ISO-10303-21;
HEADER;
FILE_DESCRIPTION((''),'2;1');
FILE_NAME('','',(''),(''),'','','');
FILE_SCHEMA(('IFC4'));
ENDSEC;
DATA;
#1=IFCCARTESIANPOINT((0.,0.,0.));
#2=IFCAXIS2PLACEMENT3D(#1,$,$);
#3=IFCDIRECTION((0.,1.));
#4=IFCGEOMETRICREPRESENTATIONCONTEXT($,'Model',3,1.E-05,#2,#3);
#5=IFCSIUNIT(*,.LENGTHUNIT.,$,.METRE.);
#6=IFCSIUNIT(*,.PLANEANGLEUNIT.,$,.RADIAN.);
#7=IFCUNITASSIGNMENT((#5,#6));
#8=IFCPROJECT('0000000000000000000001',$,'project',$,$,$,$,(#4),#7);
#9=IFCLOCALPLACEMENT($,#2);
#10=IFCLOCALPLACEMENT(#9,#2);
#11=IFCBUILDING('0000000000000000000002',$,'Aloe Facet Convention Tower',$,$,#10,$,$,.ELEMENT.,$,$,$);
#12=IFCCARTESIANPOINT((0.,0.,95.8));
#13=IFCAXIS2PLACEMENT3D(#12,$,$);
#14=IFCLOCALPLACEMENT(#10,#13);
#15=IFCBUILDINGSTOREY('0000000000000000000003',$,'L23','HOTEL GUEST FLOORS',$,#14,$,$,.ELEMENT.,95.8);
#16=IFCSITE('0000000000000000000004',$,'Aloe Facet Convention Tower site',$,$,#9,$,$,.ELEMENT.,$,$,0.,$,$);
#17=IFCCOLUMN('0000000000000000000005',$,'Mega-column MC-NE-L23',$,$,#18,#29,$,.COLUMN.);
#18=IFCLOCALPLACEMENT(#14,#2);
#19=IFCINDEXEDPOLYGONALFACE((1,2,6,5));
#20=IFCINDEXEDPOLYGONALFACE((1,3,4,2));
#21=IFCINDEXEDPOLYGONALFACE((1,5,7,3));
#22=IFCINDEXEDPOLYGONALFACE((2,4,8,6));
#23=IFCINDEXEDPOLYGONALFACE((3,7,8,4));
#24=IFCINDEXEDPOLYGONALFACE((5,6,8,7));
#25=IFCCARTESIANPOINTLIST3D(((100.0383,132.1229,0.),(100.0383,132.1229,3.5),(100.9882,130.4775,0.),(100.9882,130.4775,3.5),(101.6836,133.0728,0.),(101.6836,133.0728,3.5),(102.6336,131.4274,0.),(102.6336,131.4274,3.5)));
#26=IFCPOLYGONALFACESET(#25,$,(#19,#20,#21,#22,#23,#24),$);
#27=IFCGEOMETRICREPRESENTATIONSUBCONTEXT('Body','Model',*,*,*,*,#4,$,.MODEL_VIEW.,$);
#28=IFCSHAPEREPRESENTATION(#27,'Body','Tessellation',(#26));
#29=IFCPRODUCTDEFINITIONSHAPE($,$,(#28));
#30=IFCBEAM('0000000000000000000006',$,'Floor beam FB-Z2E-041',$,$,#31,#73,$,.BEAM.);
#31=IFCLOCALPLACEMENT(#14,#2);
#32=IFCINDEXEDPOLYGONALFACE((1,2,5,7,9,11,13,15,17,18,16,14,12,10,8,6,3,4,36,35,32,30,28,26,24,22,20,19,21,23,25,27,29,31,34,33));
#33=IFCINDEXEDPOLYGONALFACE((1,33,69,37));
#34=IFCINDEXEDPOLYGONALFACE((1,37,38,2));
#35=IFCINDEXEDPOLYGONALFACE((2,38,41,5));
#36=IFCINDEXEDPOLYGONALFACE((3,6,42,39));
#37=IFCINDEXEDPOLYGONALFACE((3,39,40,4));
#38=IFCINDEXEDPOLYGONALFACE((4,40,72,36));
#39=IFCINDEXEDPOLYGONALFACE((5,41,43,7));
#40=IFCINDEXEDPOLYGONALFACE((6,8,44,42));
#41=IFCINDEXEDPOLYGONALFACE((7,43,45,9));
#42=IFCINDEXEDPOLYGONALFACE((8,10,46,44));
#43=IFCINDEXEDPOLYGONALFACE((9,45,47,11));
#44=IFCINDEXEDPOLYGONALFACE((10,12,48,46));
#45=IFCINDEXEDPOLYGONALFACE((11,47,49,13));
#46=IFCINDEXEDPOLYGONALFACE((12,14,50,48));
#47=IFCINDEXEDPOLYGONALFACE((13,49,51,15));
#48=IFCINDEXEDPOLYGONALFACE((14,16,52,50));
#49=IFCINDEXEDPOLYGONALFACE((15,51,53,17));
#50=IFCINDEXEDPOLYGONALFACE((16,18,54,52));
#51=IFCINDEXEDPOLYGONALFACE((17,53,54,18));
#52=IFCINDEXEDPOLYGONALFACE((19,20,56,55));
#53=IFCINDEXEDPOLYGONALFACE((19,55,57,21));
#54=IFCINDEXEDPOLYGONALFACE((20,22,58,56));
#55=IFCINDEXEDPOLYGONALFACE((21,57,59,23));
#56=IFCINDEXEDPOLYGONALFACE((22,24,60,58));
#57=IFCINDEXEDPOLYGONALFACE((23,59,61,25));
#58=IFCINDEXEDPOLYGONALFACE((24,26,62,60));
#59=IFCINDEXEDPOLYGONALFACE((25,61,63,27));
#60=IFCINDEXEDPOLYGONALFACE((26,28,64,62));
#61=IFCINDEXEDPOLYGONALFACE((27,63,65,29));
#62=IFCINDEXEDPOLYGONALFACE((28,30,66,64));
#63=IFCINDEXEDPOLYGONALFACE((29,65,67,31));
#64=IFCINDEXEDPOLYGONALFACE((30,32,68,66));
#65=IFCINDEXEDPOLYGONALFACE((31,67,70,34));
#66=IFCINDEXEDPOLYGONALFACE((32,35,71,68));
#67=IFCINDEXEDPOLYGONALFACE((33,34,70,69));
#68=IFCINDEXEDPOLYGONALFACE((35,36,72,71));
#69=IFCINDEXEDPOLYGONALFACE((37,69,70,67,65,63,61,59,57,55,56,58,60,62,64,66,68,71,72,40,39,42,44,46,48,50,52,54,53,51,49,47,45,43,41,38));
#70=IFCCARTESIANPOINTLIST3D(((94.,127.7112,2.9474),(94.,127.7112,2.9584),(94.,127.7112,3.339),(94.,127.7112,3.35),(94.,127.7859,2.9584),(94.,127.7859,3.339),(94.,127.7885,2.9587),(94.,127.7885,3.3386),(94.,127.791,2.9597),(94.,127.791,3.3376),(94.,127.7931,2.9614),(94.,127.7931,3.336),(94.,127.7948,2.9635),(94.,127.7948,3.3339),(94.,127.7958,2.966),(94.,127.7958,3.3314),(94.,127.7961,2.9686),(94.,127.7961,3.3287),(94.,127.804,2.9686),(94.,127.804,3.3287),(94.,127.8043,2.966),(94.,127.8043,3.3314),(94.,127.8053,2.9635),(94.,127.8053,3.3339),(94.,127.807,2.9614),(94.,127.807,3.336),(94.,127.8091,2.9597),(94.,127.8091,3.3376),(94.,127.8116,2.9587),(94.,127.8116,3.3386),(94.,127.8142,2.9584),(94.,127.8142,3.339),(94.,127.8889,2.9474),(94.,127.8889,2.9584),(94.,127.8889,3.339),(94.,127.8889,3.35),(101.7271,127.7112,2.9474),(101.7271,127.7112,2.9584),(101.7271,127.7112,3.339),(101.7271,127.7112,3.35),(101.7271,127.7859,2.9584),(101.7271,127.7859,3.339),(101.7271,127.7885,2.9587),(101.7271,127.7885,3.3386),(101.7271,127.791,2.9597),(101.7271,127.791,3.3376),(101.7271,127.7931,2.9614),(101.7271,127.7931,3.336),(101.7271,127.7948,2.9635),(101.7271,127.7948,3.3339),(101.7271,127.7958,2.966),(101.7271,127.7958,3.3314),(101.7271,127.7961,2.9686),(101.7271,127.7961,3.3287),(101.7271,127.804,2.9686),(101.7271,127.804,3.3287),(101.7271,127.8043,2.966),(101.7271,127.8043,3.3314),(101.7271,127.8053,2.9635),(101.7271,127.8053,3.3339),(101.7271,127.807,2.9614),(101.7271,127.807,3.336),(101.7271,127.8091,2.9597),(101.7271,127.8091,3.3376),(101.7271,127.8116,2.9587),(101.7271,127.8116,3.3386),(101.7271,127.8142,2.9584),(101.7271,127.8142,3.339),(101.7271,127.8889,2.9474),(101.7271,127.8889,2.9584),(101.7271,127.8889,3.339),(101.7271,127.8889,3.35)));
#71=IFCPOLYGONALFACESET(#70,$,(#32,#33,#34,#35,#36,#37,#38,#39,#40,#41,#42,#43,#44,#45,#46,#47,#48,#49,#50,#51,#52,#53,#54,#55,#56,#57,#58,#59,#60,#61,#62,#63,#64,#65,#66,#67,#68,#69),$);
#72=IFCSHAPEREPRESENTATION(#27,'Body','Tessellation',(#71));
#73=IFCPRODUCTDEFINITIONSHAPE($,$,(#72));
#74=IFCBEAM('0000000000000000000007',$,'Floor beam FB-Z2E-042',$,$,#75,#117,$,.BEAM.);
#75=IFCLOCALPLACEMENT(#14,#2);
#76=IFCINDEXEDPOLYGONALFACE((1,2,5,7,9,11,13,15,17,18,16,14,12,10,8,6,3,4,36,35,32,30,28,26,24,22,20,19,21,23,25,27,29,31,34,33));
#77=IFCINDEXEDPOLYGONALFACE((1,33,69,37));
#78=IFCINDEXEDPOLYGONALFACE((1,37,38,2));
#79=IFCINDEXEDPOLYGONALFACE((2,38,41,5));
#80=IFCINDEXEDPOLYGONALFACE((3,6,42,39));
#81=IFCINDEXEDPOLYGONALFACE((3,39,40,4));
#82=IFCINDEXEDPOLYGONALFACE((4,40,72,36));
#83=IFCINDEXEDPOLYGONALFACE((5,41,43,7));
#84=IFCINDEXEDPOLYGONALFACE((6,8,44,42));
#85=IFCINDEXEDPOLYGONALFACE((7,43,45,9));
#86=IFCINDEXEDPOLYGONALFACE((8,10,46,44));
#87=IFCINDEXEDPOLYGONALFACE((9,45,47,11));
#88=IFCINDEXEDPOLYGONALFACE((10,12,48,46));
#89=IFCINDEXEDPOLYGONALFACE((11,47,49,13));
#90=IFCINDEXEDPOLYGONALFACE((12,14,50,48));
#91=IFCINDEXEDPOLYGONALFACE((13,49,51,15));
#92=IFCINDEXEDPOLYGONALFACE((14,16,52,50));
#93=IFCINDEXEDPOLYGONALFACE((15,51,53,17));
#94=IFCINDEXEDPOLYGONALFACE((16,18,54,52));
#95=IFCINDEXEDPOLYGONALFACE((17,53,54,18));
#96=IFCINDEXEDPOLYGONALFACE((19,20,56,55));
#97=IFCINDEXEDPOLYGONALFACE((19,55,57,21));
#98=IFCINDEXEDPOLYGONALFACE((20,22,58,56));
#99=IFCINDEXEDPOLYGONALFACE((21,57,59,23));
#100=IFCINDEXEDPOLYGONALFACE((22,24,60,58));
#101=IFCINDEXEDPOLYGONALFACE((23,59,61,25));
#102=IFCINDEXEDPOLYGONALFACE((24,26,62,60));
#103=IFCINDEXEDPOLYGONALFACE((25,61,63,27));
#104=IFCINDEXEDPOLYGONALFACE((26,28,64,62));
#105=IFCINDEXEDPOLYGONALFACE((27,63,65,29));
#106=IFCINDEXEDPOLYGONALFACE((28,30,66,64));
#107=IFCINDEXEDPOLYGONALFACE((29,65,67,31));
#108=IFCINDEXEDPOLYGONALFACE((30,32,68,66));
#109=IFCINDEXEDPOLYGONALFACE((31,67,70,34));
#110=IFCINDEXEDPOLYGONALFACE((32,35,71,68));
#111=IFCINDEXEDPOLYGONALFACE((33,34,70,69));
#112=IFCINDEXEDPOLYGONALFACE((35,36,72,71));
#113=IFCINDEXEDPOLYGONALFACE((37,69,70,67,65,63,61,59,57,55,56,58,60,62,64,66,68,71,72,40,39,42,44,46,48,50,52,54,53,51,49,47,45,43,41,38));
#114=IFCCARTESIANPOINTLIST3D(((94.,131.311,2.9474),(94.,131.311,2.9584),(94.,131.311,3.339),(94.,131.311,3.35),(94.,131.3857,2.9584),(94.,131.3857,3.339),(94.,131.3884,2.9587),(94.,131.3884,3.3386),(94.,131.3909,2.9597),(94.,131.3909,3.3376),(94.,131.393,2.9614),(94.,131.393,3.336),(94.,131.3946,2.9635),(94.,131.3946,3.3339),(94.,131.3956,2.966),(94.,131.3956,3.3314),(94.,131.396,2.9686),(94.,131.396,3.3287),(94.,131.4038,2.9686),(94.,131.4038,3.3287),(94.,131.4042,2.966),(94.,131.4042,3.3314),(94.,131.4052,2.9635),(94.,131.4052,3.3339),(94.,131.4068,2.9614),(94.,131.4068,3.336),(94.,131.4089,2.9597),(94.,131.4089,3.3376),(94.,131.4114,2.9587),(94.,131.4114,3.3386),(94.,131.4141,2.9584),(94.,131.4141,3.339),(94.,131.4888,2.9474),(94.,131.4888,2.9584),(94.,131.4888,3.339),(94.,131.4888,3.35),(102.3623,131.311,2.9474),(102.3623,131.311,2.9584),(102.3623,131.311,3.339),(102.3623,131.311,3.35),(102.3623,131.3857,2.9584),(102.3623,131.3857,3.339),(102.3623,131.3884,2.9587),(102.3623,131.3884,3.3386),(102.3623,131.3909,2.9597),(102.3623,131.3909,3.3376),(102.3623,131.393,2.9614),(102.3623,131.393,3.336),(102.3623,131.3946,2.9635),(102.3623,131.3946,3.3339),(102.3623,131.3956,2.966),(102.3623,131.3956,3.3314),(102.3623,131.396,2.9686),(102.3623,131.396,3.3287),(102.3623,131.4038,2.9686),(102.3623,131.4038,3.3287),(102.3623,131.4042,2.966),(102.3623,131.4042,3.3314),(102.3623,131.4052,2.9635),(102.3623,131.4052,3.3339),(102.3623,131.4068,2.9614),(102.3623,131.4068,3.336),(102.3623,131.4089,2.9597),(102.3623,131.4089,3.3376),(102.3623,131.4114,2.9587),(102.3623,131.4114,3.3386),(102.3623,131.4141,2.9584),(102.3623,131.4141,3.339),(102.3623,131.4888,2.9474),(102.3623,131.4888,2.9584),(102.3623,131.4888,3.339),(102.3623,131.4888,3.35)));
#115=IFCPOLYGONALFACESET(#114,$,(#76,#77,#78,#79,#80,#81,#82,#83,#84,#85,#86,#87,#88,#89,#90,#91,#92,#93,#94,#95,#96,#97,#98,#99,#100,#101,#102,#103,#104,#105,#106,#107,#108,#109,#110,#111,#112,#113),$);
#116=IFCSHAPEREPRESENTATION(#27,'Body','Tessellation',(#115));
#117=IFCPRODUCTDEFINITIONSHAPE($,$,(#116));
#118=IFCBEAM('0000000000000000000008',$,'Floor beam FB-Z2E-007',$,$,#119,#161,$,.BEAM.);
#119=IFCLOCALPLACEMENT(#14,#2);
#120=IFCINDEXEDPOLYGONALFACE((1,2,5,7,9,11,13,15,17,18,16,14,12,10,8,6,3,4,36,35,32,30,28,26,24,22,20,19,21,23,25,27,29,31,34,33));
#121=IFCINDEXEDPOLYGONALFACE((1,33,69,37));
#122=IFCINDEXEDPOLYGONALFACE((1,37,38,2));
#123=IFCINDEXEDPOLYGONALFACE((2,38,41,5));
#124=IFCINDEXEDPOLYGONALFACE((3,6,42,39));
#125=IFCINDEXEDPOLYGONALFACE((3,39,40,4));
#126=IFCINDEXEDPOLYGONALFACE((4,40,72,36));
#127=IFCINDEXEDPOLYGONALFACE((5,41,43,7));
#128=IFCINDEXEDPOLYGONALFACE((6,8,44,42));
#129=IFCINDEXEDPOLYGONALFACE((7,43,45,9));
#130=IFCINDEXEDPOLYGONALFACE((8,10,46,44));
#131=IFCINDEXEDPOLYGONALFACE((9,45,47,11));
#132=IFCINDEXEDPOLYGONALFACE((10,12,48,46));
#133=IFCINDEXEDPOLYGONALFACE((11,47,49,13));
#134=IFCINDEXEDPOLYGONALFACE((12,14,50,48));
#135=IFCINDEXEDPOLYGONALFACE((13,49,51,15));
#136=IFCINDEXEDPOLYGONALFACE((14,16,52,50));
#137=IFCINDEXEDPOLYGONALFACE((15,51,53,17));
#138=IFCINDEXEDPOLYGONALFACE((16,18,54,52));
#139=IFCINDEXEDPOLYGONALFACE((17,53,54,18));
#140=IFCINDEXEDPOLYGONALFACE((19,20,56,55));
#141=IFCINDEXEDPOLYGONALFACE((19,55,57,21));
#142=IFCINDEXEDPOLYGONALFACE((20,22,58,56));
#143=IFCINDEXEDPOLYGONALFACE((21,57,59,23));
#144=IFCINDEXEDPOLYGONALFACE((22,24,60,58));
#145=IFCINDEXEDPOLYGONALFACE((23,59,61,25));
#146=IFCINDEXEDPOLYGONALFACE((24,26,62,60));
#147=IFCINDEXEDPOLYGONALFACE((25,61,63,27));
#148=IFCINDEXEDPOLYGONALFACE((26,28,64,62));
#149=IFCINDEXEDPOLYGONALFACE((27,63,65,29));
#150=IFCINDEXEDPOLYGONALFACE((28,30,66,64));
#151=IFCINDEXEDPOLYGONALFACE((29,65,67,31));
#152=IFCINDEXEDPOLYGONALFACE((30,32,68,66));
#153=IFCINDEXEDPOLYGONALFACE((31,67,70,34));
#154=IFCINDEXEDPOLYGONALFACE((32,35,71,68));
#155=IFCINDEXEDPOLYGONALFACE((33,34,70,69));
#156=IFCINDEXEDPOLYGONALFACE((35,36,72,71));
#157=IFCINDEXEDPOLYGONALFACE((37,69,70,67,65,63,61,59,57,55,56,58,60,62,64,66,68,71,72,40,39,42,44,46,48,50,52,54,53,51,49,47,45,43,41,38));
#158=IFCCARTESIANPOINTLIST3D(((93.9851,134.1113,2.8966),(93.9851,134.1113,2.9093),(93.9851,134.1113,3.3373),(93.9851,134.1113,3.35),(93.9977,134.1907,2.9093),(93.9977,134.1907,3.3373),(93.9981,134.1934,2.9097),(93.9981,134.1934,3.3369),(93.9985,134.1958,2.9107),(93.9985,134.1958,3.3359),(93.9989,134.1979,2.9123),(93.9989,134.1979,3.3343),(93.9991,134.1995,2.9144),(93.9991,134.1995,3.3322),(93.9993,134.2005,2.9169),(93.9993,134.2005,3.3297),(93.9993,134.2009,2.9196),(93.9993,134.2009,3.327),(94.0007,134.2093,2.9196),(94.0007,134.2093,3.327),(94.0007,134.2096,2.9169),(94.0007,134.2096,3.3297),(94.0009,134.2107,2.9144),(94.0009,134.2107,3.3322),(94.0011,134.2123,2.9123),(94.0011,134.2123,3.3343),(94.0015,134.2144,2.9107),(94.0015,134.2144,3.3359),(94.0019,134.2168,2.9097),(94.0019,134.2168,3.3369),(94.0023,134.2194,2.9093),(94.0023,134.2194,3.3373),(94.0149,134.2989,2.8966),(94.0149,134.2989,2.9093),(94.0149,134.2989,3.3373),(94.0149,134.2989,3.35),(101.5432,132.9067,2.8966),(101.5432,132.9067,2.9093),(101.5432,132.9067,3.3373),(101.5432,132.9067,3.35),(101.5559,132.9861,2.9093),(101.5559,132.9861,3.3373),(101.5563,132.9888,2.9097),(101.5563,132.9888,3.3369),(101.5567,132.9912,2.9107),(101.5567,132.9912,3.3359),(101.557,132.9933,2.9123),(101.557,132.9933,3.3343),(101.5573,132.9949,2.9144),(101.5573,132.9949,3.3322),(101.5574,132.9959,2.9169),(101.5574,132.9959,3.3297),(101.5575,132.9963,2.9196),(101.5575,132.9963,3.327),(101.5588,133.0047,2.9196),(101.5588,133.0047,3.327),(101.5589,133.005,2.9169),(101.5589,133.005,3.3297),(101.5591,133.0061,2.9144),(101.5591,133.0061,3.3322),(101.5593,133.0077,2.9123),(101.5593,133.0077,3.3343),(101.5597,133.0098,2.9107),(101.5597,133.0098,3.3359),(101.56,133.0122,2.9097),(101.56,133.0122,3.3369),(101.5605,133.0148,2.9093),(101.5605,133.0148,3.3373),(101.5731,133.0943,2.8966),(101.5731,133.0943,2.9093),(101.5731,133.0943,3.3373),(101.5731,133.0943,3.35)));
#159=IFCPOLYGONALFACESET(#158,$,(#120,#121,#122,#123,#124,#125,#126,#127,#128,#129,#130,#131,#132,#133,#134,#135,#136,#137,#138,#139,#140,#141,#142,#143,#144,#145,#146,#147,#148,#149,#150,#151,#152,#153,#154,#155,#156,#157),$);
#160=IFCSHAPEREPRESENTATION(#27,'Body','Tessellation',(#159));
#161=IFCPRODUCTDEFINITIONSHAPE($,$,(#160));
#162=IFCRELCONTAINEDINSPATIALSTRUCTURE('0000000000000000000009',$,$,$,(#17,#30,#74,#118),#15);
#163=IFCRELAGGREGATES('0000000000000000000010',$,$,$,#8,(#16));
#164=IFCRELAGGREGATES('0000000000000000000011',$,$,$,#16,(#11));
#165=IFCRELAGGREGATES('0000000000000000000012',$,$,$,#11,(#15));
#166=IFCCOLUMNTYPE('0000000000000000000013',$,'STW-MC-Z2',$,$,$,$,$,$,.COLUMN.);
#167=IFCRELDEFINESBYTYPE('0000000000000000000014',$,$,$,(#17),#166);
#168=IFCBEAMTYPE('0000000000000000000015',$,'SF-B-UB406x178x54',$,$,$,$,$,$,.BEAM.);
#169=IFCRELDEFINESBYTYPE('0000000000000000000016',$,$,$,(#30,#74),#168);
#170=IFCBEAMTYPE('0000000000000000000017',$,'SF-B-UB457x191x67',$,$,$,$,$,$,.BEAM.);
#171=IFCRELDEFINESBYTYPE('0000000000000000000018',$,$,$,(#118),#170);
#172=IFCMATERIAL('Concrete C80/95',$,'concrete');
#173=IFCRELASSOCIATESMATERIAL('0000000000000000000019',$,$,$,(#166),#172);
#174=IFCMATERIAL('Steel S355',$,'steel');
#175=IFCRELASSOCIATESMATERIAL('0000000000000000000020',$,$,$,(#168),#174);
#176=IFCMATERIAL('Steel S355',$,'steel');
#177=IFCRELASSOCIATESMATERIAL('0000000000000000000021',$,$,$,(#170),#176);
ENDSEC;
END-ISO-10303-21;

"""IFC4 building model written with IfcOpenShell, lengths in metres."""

from ifc_helpers import new_model, si_unit, direction, frame, origin, origin_2d, place, context, subcontext, project, spatial, rectangle, i_section, extrude, material, material_profile, profile_set, type_object, element, save


model = new_model("IFC4")

# Units and contexts
model_context = context("Model", 3, precision=1e-05, world=origin(), true_north=direction((0.0, 1.0)))
body_context = subcontext(model_context, "Body", "Model", "MODEL_VIEW")
ifc_project = project(units=[si_unit("LENGTHUNIT", "METRE"), si_unit("PLANEANGLEUNIT", "RADIAN")], contexts=[model_context])

# Site, building, storey
site_placement = place(None, origin())
site = spatial("IfcSite", under=ifc_project, at=site_placement, Name="Aloe Facet Convention Tower site", CompositionType="ELEMENT", RefElevation=0.0)
building_placement = place(site_placement, origin())
building = spatial("IfcBuilding", under=site, at=building_placement, Name="Aloe Facet Convention Tower", CompositionType="ELEMENT")
storey_placement = place(building_placement, frame((0.0, 0.0, 95.8)))
storey = spatial("IfcBuildingStorey", under=building, at=storey_placement, Name="L23", Description="HOTEL GUEST FLOORS", CompositionType="ELEMENT", Elevation=95.8)

# Column
ifc_material_1 = material(Name="Concrete C80/95", Category="concrete")
ifc_material_profile_1 = material_profile(ifc_material_1, rectangle(XDim=1.8999, YDim=1.8999, at=origin_2d()), Name="STW-MC-Z2")
ifc_profile_set_1 = profile_set([ifc_material_profile_1], Name="Concrete C80/95")
column_type = type_object("IfcColumnType", Name="STW-MC-Z2", PredefinedType="COLUMN", material=ifc_profile_set_1)
column_placement = place(storey_placement, frame((101.3359, 131.7751, 0.0), z_axis=(0.0, 0.0, 1.0), x_axis=(-0.5, 0.866025, 0.0)))
element("IfcColumn", 1, at=column_placement, inside=storey, type_object=column_type, Name="Mega-column MC-NE-L23", PredefinedType="COLUMN", context=body_context, shape_type="SweptSolid", body=[
    extrude(rectangle(XDim=1.8999, YDim=1.8999, at=origin_2d()), origin(), (0.0, 0.0, 1.0), 3.5),
])

# Beams
ifc_material_2 = material(Name="Steel S355", Category="steel")
ifc_material_profile_2 = material_profile(ifc_material_2, i_section(OverallWidth=0.1777, OverallDepth=0.4026, WebThickness=0.0078, FlangeThickness=0.011, FilletRadius=0.0103, at=origin_2d()), Name="UB 406x178x54")
ifc_profile_set_2 = profile_set([ifc_material_profile_2], Name="Steel S355")
beam_type_1 = type_object("IfcBeamType", Name="SF-B-UB406x178x54", PredefinedType="BEAM", material=ifc_profile_set_2)
beam_1_placement = place(storey_placement, frame((94.0, 127.8, 3.1487), z_axis=(1.0, 0.0, 0.0), x_axis=(0.0, 1.0, 0.0)))
element("IfcBeam", 2, at=beam_1_placement, inside=storey, type_object=beam_type_1, Name="Floor beam FB-Z2E-041", PredefinedType="BEAM", context=body_context, shape_type="SweptSolid", body=[
    extrude(i_section(OverallWidth=0.1777, OverallDepth=0.4026, WebThickness=0.0078, FlangeThickness=0.011, FilletRadius=0.0103, at=origin_2d()), origin(), (0.0, 0.0, 1.0), 7.7271),
])
beam_2_placement = place(storey_placement, frame((94.0, 131.3999, 3.1487), z_axis=(1.0, 0.0, 0.0), x_axis=(0.0, 1.0, 0.0)))
element("IfcBeam", 3, at=beam_2_placement, inside=storey, type_object=beam_type_1, Name="Floor beam FB-Z2E-042", PredefinedType="BEAM", context=body_context, shape_type="SweptSolid", body=[
    extrude(i_section(OverallWidth=0.1777, OverallDepth=0.4026, WebThickness=0.0078, FlangeThickness=0.011, FilletRadius=0.0103, at=origin_2d()), origin(), (0.0, 0.0, 1.0), 8.3623),
])
ifc_material_3 = material(Name="Steel S355", Category="steel")
ifc_material_profile_3 = material_profile(ifc_material_3, i_section(OverallWidth=0.1899, OverallDepth=0.4534, WebThickness=0.0085, FlangeThickness=0.0127, FilletRadius=0.0103, at=origin_2d()), Name="UB 457x191x67")
ifc_profile_set_3 = profile_set([ifc_material_profile_3], Name="Steel S355")
beam_type_2 = type_object("IfcBeamType", Name="SF-B-UB457x191x67", PredefinedType="BEAM", material=ifc_profile_set_3)
beam_3_placement = place(storey_placement, frame((94.0, 134.2051, 3.1233), z_axis=(0.987536, -0.157391, 0.0), x_axis=(0.157391, 0.987536, 0.0)))
element("IfcBeam", 4, at=beam_3_placement, inside=storey, type_object=beam_type_2, Name="Floor beam FB-Z2E-007", PredefinedType="BEAM", context=body_context, shape_type="SweptSolid", body=[
    extrude(i_section(OverallWidth=0.1899, OverallDepth=0.4534, WebThickness=0.0085, FlangeThickness=0.0127, FilletRadius=0.0103, at=origin_2d()), origin(), (0.0, 0.0, 1.0), 7.6536),
])

save(model, "model.ifc")
